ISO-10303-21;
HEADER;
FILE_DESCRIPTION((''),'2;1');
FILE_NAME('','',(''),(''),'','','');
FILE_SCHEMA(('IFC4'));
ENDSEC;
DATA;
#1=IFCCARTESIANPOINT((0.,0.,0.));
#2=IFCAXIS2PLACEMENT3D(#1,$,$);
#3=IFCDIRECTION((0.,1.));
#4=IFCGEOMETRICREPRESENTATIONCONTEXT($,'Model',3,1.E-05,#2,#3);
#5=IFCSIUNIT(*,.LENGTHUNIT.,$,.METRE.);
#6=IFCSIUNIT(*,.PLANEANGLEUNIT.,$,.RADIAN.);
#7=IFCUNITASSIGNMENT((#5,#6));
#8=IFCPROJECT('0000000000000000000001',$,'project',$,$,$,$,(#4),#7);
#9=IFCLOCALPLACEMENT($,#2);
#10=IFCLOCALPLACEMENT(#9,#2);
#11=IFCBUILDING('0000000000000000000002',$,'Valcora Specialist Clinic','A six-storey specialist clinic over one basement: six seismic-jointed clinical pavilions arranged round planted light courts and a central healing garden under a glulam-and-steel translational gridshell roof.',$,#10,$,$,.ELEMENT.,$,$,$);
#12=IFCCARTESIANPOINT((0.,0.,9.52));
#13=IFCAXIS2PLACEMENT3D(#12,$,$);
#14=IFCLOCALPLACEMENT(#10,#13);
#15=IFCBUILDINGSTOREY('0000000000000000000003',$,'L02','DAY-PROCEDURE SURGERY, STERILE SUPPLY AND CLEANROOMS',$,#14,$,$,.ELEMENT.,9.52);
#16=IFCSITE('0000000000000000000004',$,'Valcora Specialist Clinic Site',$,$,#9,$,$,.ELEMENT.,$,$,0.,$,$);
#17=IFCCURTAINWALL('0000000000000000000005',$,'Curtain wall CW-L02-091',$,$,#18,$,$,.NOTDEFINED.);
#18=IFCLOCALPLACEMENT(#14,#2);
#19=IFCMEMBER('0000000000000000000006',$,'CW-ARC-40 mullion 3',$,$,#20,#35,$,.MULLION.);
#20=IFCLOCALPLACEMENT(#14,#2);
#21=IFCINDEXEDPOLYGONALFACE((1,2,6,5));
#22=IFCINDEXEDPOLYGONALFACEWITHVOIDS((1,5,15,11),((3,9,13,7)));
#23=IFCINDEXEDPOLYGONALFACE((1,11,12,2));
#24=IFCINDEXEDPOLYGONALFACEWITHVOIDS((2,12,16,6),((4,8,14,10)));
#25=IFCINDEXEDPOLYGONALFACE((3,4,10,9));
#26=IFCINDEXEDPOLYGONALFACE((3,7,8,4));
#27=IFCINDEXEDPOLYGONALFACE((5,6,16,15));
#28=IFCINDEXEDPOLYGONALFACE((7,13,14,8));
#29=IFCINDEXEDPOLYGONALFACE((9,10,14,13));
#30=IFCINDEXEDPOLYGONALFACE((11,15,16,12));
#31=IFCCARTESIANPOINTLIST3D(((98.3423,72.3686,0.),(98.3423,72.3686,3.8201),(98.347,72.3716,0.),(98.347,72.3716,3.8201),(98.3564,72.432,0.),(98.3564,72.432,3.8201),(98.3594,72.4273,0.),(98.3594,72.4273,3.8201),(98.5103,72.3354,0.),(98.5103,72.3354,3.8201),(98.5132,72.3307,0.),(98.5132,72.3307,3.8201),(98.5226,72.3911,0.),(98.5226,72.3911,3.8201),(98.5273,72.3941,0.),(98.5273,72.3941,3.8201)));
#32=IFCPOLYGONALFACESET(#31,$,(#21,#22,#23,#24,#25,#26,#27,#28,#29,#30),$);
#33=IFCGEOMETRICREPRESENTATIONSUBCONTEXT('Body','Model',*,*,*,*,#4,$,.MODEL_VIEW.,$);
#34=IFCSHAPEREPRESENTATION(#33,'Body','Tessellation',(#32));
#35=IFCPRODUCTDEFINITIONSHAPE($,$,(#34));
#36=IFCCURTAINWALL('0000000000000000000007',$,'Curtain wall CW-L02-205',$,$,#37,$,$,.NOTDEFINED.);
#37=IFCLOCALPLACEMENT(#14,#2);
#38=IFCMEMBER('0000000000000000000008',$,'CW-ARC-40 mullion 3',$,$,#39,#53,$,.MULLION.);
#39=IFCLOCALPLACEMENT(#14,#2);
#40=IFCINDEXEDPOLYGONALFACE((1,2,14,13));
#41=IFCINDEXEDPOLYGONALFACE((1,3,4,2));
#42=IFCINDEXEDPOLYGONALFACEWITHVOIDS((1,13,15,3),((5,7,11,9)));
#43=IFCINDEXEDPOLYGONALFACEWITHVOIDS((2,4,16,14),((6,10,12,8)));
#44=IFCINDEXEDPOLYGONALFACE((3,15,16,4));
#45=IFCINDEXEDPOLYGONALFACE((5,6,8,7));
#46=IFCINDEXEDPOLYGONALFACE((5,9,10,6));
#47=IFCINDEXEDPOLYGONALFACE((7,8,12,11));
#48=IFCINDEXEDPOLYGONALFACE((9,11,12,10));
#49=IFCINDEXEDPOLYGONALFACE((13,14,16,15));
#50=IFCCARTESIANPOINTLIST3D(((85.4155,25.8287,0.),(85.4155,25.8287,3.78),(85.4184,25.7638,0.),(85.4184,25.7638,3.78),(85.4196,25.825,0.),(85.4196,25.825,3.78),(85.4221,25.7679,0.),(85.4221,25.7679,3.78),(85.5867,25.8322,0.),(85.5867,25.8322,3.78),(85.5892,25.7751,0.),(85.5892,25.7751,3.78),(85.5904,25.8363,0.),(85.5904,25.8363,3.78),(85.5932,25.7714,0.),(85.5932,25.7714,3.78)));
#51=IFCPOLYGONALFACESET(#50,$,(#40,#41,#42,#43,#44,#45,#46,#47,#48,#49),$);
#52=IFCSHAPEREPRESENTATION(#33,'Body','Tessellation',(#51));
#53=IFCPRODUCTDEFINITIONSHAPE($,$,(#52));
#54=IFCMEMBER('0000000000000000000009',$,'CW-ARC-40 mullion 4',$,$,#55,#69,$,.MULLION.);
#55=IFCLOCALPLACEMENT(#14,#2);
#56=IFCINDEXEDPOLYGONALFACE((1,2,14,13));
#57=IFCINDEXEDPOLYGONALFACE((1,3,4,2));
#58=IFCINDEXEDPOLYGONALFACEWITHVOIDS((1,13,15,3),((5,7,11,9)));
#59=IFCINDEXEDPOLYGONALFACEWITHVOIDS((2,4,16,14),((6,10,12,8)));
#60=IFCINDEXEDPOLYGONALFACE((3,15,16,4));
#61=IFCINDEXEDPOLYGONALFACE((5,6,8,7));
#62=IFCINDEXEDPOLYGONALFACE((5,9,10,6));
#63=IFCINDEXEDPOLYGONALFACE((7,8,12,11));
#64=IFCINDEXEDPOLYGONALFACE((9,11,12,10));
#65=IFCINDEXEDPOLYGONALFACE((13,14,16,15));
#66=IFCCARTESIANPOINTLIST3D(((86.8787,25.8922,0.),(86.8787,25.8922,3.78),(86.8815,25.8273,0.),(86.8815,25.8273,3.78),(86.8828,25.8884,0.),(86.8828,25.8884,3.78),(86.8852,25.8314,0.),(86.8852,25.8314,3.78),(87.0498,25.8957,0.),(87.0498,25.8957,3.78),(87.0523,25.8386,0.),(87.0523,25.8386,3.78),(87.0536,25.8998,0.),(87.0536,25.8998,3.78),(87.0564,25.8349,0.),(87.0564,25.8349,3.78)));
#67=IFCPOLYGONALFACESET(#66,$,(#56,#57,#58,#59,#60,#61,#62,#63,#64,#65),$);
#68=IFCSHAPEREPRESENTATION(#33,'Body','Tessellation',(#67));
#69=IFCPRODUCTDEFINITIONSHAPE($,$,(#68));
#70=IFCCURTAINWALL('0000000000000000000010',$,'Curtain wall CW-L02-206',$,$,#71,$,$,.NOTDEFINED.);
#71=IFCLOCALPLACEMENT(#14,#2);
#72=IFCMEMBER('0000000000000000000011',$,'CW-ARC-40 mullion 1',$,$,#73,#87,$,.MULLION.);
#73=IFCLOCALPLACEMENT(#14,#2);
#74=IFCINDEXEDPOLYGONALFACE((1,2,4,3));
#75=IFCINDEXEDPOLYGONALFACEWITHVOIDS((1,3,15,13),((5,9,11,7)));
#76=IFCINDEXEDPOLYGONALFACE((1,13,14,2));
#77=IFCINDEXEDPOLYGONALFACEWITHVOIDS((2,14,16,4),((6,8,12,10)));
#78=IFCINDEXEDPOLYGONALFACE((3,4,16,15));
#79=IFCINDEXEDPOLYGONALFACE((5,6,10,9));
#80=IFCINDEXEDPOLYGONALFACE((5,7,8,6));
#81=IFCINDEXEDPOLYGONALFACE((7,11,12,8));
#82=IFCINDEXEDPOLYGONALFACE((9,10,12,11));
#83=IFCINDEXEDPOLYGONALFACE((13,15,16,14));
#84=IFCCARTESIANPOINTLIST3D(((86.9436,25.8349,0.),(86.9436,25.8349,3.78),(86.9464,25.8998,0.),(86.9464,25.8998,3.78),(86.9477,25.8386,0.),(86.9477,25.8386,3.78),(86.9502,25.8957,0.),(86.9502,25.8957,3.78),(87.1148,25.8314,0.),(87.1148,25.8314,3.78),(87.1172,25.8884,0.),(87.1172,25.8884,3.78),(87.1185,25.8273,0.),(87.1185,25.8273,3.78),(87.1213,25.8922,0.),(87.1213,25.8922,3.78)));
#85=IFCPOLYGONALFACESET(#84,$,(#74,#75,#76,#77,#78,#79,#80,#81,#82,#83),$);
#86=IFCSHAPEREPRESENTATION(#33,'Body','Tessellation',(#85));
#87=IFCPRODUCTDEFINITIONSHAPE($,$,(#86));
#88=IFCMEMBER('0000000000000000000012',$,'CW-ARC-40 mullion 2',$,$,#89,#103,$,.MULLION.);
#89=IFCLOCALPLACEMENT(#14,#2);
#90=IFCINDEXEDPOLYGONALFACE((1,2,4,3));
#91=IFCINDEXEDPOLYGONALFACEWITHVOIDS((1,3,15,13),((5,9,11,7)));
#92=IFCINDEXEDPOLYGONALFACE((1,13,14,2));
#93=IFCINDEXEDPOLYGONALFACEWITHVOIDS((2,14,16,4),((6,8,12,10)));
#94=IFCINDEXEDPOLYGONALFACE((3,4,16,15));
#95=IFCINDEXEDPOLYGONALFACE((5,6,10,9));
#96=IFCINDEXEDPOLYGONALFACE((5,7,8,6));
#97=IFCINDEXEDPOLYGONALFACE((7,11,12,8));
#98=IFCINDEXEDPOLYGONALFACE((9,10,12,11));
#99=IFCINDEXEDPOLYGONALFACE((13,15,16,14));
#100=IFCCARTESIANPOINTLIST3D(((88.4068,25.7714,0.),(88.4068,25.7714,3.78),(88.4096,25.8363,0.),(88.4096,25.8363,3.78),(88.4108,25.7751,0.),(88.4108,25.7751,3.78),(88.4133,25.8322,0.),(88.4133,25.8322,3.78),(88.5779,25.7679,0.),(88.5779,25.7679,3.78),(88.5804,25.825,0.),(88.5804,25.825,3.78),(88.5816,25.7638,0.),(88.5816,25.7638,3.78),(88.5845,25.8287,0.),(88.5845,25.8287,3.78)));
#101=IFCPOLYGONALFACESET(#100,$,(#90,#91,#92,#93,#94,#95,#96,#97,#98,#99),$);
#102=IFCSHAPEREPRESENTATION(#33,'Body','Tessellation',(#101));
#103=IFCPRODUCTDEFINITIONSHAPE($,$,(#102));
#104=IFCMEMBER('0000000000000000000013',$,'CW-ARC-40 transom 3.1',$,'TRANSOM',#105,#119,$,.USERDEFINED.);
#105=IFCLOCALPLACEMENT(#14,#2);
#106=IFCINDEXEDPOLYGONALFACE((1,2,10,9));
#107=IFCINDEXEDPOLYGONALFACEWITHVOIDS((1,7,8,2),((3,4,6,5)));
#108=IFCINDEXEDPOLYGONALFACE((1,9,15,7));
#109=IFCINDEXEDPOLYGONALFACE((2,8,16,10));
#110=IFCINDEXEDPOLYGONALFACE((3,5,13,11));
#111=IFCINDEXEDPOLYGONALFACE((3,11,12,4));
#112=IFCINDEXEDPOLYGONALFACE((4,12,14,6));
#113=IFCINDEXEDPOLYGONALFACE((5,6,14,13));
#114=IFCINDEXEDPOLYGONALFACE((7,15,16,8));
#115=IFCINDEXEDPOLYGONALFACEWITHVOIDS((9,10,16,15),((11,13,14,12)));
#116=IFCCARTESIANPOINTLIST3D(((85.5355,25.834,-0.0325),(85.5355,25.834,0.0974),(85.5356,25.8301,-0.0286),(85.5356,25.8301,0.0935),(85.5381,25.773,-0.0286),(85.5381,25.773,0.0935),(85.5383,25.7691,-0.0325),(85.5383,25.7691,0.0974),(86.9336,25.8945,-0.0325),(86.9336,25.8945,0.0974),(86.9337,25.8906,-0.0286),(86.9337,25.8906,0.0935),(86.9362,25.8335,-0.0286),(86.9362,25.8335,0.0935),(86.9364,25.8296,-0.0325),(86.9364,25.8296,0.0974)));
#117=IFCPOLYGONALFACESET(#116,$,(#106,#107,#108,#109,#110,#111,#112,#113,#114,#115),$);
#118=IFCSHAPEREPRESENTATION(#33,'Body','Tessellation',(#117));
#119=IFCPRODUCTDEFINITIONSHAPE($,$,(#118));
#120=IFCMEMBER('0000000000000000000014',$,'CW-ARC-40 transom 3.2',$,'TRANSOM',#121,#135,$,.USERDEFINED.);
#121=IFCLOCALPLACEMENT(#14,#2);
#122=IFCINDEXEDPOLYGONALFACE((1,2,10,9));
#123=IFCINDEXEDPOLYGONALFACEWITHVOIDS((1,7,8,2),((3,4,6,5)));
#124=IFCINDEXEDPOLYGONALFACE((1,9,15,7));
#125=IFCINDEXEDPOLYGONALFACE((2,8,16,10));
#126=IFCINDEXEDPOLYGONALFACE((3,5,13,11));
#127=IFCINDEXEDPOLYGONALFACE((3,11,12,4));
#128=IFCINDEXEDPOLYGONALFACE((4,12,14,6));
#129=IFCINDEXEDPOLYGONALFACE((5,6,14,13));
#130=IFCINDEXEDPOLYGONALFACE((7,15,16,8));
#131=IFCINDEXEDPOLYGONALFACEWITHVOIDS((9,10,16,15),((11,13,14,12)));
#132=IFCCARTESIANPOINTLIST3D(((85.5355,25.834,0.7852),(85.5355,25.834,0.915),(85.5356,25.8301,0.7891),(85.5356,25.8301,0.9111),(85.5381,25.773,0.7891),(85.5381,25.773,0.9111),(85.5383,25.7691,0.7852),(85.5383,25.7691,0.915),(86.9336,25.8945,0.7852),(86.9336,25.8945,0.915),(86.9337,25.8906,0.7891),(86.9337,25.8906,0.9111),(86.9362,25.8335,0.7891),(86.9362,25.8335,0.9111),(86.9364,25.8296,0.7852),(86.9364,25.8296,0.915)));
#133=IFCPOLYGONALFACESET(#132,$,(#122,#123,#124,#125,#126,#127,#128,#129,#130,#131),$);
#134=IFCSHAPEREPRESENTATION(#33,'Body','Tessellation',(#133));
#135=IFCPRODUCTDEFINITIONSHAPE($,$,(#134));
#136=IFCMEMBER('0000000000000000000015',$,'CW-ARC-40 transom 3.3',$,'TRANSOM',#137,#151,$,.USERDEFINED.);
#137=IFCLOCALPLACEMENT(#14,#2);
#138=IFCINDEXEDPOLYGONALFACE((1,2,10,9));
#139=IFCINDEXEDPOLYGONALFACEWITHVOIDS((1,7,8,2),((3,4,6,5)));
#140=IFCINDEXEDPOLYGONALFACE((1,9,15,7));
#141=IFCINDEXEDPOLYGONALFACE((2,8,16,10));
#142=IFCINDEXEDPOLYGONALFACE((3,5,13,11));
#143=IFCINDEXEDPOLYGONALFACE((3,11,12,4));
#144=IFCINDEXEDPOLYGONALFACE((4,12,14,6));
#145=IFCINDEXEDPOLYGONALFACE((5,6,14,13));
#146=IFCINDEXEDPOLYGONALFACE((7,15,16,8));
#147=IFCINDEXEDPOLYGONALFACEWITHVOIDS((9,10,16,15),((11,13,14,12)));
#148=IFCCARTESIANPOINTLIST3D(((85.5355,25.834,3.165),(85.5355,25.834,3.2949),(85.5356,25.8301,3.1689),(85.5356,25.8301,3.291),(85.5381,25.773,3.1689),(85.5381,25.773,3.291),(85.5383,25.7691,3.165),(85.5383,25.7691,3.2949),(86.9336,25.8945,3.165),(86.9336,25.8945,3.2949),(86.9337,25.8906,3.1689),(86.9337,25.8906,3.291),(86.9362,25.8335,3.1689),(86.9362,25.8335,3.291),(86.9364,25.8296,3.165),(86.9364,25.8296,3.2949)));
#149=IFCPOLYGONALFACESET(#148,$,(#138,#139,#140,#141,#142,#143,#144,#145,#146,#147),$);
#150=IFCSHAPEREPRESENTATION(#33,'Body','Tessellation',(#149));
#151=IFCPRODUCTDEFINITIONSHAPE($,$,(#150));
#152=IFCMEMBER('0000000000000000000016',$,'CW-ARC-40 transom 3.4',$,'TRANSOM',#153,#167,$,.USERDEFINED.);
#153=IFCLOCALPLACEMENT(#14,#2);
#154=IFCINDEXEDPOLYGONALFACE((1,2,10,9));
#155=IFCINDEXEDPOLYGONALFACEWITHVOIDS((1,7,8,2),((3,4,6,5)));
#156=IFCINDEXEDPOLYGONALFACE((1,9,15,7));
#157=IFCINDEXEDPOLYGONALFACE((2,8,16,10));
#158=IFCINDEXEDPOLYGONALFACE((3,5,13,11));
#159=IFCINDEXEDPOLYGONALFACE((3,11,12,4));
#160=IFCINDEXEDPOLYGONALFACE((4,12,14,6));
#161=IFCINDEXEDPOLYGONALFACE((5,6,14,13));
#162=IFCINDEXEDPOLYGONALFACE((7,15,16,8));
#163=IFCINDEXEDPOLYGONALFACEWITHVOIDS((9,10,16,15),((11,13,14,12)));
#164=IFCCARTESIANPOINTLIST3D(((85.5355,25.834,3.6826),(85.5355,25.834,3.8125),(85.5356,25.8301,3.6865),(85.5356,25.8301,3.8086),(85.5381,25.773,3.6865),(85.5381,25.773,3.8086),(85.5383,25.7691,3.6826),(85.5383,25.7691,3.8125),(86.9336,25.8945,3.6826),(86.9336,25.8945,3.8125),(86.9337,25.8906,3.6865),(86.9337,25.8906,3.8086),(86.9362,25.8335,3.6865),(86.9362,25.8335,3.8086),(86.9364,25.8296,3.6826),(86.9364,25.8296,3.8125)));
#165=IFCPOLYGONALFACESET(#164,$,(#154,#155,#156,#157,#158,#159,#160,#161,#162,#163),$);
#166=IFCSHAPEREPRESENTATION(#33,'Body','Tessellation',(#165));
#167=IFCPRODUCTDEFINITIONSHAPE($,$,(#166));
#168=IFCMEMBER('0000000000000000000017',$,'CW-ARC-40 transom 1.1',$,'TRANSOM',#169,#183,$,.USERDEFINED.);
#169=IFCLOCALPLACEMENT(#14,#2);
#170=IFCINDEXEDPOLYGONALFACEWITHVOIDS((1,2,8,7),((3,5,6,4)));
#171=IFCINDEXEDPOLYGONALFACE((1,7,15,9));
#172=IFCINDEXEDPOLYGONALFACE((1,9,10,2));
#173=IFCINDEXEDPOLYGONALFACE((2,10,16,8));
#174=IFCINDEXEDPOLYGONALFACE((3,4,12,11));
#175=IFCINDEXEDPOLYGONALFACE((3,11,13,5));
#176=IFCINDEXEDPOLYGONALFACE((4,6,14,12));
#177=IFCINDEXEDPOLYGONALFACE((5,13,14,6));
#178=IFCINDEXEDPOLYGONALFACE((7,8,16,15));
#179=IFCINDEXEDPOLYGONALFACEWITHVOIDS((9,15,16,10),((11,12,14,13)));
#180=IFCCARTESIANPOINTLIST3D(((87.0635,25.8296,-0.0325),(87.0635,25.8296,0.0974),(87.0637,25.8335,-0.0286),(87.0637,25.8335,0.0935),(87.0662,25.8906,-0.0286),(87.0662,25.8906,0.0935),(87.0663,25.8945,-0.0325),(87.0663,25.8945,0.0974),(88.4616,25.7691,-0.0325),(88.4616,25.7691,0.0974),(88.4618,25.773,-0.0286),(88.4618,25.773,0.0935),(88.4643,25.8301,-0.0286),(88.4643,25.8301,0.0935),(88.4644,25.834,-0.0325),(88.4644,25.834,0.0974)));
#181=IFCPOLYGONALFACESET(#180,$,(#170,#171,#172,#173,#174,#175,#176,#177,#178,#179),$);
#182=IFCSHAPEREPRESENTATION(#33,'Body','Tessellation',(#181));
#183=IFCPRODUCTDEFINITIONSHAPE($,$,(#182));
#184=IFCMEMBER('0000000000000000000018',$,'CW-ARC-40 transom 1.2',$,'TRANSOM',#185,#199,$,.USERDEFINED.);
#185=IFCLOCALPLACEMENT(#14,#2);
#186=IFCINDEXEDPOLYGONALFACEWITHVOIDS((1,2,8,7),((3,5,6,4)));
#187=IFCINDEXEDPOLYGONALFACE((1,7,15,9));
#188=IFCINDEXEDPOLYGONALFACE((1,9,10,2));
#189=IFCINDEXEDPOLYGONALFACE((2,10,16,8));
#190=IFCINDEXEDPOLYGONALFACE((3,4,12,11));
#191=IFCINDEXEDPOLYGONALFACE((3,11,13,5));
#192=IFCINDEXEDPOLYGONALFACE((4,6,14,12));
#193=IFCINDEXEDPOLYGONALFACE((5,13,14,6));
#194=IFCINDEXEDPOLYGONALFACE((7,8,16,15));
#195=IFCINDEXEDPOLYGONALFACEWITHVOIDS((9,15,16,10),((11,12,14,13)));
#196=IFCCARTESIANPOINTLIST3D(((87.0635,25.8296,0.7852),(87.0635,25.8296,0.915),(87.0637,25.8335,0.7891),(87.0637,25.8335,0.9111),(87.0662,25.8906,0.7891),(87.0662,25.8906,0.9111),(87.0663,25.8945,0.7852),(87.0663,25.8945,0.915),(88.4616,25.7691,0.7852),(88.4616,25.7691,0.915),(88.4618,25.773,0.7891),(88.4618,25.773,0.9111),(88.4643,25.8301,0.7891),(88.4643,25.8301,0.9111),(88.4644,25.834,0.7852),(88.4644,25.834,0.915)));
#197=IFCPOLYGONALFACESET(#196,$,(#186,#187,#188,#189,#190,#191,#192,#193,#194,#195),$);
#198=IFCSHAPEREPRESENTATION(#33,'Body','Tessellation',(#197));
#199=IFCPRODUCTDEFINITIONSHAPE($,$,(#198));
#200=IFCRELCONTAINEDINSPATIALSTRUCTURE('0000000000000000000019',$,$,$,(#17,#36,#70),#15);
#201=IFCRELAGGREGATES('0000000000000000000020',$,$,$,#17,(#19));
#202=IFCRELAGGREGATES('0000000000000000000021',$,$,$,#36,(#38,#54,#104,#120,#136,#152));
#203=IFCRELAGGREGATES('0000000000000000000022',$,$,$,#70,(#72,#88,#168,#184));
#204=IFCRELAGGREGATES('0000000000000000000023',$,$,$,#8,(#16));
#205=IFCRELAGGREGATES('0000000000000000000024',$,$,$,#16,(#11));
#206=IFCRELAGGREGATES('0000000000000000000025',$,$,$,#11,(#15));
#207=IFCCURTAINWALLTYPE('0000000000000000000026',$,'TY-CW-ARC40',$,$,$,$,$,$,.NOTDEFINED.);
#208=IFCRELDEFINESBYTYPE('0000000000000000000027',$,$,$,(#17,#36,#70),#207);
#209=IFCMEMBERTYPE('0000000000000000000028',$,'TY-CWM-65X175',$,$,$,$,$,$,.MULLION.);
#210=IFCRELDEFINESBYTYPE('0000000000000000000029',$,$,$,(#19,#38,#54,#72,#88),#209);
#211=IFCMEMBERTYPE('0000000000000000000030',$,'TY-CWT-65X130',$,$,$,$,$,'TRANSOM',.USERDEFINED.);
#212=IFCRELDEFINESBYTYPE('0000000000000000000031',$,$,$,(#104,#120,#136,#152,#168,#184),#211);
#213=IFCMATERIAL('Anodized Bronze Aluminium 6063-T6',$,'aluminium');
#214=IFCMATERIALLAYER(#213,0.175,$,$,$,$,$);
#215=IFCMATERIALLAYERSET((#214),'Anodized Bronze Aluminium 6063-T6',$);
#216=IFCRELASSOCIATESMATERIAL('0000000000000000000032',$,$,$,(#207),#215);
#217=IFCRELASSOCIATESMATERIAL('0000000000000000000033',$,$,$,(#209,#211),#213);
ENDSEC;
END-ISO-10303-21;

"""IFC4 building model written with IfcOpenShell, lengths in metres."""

from ifc_helpers import new_model, si_unit, direction, frame, origin, origin_2d, place, context, subcontext, project, spatial, hollow_rectangle, extrude, material, layer, layer_set, material_profile, profile_set, type_object, element, aggregate, save


model = new_model("IFC4")

# Units and contexts
model_context = context("Model", 3, precision=1e-05, world=origin(), true_north=direction((0.0, 1.0)))
body_context = subcontext(model_context, "Body", "Model", "MODEL_VIEW")
ifc_project = project(units=[si_unit("LENGTHUNIT", "METRE"), si_unit("PLANEANGLEUNIT", "RADIAN")], contexts=[model_context])

# Site, building, storey
site_placement = place(None, origin())
site = spatial("IfcSite", under=ifc_project, at=site_placement, Name="Valcora Specialist Clinic Site", CompositionType="ELEMENT", RefElevation=0.0)
building_placement = place(site_placement, origin())
building = spatial("IfcBuilding", under=site, at=building_placement, Name="Valcora Specialist Clinic", Description="A six-storey specialist clinic over one basement: six seismic-jointed clinical pavilions arranged round planted light courts and a central healing garden under a glulam-and-steel translational gridshell roof.", CompositionType="ELEMENT")
storey_placement = place(building_placement, frame((0.0, 0.0, 9.52)))
storey = spatial("IfcBuildingStorey", under=building, at=storey_placement, Name="L02", Description="DAY-PROCEDURE SURGERY, STERILE SUPPLY AND CLEANROOMS", CompositionType="ELEMENT", Elevation=9.52)

# Curtain wall, member
ifc_material_1 = material(Name="Anodized Bronze Aluminium 6063-T6", Category="aluminium")
ifc_layer_1 = layer(ifc_material_1, 0.175)
ifc_layer_set_1 = layer_set([ifc_layer_1], Name="Anodized Bronze Aluminium 6063-T6")
curtain_wall_type = type_object("IfcCurtainWallType", Name="TY-CW-ARC40", PredefinedType="NOTDEFINED", material=ifc_layer_set_1)
curtain_wall_1_placement = place(storey_placement, origin())
curtain_wall_1 = element("IfcCurtainWall", 1, at=curtain_wall_1_placement, inside=storey, type_object=curtain_wall_type, Name="Curtain wall CW-L02-091", PredefinedType="NOTDEFINED")
ifc_material_profile_1 = material_profile(ifc_material_1, hollow_rectangle(XDim=0.0649, YDim=0.175, WallThickness=0.0039, at=origin_2d()), Name="AL-MUL-65X175")
ifc_profile_set_1 = profile_set([ifc_material_profile_1], Name="Anodized Bronze Aluminium 6063-T6")
member_type_1 = type_object("IfcMemberType", Name="TY-CWM-65X175", PredefinedType="MULLION", material=ifc_profile_set_1)
member_1_placement = place(storey_placement, frame((98.4348, 72.3813, 0.0), z_axis=(0.0, 0.0, 1.0), x_axis=(-0.216518, -0.976279, 0.0)))
member_1 = element("IfcMember", 2, at=member_1_placement, type_object=member_type_1, Name="CW-ARC-40 mullion 3", PredefinedType="MULLION", context=body_context, shape_type="SweptSolid", body=[
    extrude(hollow_rectangle(XDim=0.0649, YDim=0.175, WallThickness=0.0039, at=origin_2d()), origin(), (0.0, 0.0, 1.0), 3.8201),
])

# Curtain walls, members
curtain_wall_2_placement = place(storey_placement, origin())
curtain_wall_2 = element("IfcCurtainWall", 3, at=curtain_wall_2_placement, inside=storey, type_object=curtain_wall_type, Name="Curtain wall CW-L02-205", PredefinedType="NOTDEFINED")
member_2_placement = place(storey_placement, frame((85.5044, 25.8, 0.0), z_axis=(0.0, 0.0, 1.0), x_axis=(-0.043307, 0.999062, 0.0)))
member_2 = element("IfcMember", 4, at=member_2_placement, type_object=member_type_1, Name="CW-ARC-40 mullion 3", PredefinedType="MULLION", context=body_context, shape_type="SweptSolid", body=[
    extrude(hollow_rectangle(XDim=0.0649, YDim=0.175, WallThickness=0.0039, at=origin_2d()), origin(), (0.0, 0.0, 1.0), 3.78),
])
member_3_placement = place(storey_placement, frame((86.9675, 25.8635, 0.0), z_axis=(0.0, 0.0, 1.0), x_axis=(-0.043307, 0.999062, 0.0)))
member_3 = element("IfcMember", 5, at=member_3_placement, type_object=member_type_1, Name="CW-ARC-40 mullion 4", PredefinedType="MULLION", context=body_context, shape_type="SweptSolid", body=[
    extrude(hollow_rectangle(XDim=0.0649, YDim=0.175, WallThickness=0.0039, at=origin_2d()), origin(), (0.0, 0.0, 1.0), 3.78),
])
curtain_wall_3_placement = place(storey_placement, origin())
curtain_wall_3 = element("IfcCurtainWall", 6, at=curtain_wall_3_placement, inside=storey, type_object=curtain_wall_type, Name="Curtain wall CW-L02-206", PredefinedType="NOTDEFINED")
member_4_placement = place(storey_placement, frame((87.0325, 25.8635, 0.0), z_axis=(0.0, 0.0, 1.0), x_axis=(0.043307, 0.999062, 0.0)))
member_4 = element("IfcMember", 7, at=member_4_placement, type_object=member_type_1, Name="CW-ARC-40 mullion 1", PredefinedType="MULLION", context=body_context, shape_type="SweptSolid", body=[
    extrude(hollow_rectangle(XDim=0.0649, YDim=0.175, WallThickness=0.0039, at=origin_2d()), origin(), (0.0, 0.0, 1.0), 3.78),
])
member_5_placement = place(storey_placement, frame((88.4956, 25.8, 0.0), z_axis=(0.0, 0.0, 1.0), x_axis=(0.043307, 0.999062, 0.0)))
member_5 = element("IfcMember", 8, at=member_5_placement, type_object=member_type_1, Name="CW-ARC-40 mullion 2", PredefinedType="MULLION", context=body_context, shape_type="SweptSolid", body=[
    extrude(hollow_rectangle(XDim=0.0649, YDim=0.175, WallThickness=0.0039, at=origin_2d()), origin(), (0.0, 0.0, 1.0), 3.78),
])

# Members
ifc_material_profile_2 = material_profile(ifc_material_1, hollow_rectangle(XDim=0.0649, YDim=0.1299, WallThickness=0.0039, at=origin_2d()), Name="AL-TRN-65X130")
ifc_profile_set_2 = profile_set([ifc_material_profile_2], Name="Anodized Bronze Aluminium 6063-T6")
member_type_2 = type_object("IfcMemberType", Name="TY-CWT-65X130", ElementType="TRANSOM", PredefinedType="USERDEFINED", material=ifc_profile_set_2)
member_6_placement = place(storey_placement, frame((85.5369, 25.8015, 0.0325), z_axis=(0.999064, 0.043263, 0.0), x_axis=(-0.043263, 0.999064, 0.0)))
member_6 = element("IfcMember", 9, at=member_6_placement, type_object=member_type_2, Name="CW-ARC-40 transom 3.1", ObjectType="TRANSOM", PredefinedType="USERDEFINED", context=body_context, shape_type="SweptSolid", body=[
    extrude(hollow_rectangle(XDim=0.0649, YDim=0.1299, WallThickness=0.0039, at=origin_2d()), origin(), (0.0, 0.0, 1.0), 1.3994),
])
member_7_placement = place(storey_placement, frame((85.5369, 25.8015, 0.8501), z_axis=(0.999064, 0.043263, 0.0), x_axis=(-0.043263, 0.999064, 0.0)))
member_7 = element("IfcMember", 10, at=member_7_placement, type_object=member_type_2, Name="CW-ARC-40 transom 3.2", ObjectType="TRANSOM", PredefinedType="USERDEFINED", context=body_context, shape_type="SweptSolid", body=[
    extrude(hollow_rectangle(XDim=0.0649, YDim=0.1299, WallThickness=0.0039, at=origin_2d()), origin(), (0.0, 0.0, 1.0), 1.3994),
])
member_8_placement = place(storey_placement, frame((85.5369, 25.8015, 3.23), z_axis=(0.999064, 0.043263, 0.0), x_axis=(-0.043263, 0.999064, 0.0)))
member_8 = element("IfcMember", 11, at=member_8_placement, type_object=member_type_2, Name="CW-ARC-40 transom 3.3", ObjectType="TRANSOM", PredefinedType="USERDEFINED", context=body_context, shape_type="SweptSolid", body=[
    extrude(hollow_rectangle(XDim=0.0649, YDim=0.1299, WallThickness=0.0039, at=origin_2d()), origin(), (0.0, 0.0, 1.0), 1.3994),
])
member_9_placement = place(storey_placement, frame((85.5369, 25.8015, 3.7476), z_axis=(0.999064, 0.043263, 0.0), x_axis=(-0.043263, 0.999064, 0.0)))
member_9 = element("IfcMember", 12, at=member_9_placement, type_object=member_type_2, Name="CW-ARC-40 transom 3.4", ObjectType="TRANSOM", PredefinedType="USERDEFINED", context=body_context, shape_type="SweptSolid", body=[
    extrude(hollow_rectangle(XDim=0.0649, YDim=0.1299, WallThickness=0.0039, at=origin_2d()), origin(), (0.0, 0.0, 1.0), 1.3994),
])
member_10_placement = place(storey_placement, frame((87.0649, 25.8621, 0.0325), z_axis=(0.999064, -0.043263, 0.0), x_axis=(0.043263, 0.999064, 0.0)))
member_10 = element("IfcMember", 13, at=member_10_placement, type_object=member_type_2, Name="CW-ARC-40 transom 1.1", ObjectType="TRANSOM", PredefinedType="USERDEFINED", context=body_context, shape_type="SweptSolid", body=[
    extrude(hollow_rectangle(XDim=0.0649, YDim=0.1299, WallThickness=0.0039, at=origin_2d()), origin(), (0.0, 0.0, 1.0), 1.3994),
])
member_11_placement = place(storey_placement, frame((87.0649, 25.8621, 0.8501), z_axis=(0.999064, -0.043263, 0.0), x_axis=(0.043263, 0.999064, 0.0)))
member_11 = element("IfcMember", 14, at=member_11_placement, type_object=member_type_2, Name="CW-ARC-40 transom 1.2", ObjectType="TRANSOM", PredefinedType="USERDEFINED", context=body_context, shape_type="SweptSolid", body=[
    extrude(hollow_rectangle(XDim=0.0649, YDim=0.1299, WallThickness=0.0039, at=origin_2d()), origin(), (0.0, 0.0, 1.0), 1.3994),
])

aggregate(curtain_wall_1, [member_1])
aggregate(curtain_wall_2, [member_2, member_3, member_6, member_7, member_8, member_9])
aggregate(curtain_wall_3, [member_4, member_5, member_10, member_11])

save(model, "model.ifc")
